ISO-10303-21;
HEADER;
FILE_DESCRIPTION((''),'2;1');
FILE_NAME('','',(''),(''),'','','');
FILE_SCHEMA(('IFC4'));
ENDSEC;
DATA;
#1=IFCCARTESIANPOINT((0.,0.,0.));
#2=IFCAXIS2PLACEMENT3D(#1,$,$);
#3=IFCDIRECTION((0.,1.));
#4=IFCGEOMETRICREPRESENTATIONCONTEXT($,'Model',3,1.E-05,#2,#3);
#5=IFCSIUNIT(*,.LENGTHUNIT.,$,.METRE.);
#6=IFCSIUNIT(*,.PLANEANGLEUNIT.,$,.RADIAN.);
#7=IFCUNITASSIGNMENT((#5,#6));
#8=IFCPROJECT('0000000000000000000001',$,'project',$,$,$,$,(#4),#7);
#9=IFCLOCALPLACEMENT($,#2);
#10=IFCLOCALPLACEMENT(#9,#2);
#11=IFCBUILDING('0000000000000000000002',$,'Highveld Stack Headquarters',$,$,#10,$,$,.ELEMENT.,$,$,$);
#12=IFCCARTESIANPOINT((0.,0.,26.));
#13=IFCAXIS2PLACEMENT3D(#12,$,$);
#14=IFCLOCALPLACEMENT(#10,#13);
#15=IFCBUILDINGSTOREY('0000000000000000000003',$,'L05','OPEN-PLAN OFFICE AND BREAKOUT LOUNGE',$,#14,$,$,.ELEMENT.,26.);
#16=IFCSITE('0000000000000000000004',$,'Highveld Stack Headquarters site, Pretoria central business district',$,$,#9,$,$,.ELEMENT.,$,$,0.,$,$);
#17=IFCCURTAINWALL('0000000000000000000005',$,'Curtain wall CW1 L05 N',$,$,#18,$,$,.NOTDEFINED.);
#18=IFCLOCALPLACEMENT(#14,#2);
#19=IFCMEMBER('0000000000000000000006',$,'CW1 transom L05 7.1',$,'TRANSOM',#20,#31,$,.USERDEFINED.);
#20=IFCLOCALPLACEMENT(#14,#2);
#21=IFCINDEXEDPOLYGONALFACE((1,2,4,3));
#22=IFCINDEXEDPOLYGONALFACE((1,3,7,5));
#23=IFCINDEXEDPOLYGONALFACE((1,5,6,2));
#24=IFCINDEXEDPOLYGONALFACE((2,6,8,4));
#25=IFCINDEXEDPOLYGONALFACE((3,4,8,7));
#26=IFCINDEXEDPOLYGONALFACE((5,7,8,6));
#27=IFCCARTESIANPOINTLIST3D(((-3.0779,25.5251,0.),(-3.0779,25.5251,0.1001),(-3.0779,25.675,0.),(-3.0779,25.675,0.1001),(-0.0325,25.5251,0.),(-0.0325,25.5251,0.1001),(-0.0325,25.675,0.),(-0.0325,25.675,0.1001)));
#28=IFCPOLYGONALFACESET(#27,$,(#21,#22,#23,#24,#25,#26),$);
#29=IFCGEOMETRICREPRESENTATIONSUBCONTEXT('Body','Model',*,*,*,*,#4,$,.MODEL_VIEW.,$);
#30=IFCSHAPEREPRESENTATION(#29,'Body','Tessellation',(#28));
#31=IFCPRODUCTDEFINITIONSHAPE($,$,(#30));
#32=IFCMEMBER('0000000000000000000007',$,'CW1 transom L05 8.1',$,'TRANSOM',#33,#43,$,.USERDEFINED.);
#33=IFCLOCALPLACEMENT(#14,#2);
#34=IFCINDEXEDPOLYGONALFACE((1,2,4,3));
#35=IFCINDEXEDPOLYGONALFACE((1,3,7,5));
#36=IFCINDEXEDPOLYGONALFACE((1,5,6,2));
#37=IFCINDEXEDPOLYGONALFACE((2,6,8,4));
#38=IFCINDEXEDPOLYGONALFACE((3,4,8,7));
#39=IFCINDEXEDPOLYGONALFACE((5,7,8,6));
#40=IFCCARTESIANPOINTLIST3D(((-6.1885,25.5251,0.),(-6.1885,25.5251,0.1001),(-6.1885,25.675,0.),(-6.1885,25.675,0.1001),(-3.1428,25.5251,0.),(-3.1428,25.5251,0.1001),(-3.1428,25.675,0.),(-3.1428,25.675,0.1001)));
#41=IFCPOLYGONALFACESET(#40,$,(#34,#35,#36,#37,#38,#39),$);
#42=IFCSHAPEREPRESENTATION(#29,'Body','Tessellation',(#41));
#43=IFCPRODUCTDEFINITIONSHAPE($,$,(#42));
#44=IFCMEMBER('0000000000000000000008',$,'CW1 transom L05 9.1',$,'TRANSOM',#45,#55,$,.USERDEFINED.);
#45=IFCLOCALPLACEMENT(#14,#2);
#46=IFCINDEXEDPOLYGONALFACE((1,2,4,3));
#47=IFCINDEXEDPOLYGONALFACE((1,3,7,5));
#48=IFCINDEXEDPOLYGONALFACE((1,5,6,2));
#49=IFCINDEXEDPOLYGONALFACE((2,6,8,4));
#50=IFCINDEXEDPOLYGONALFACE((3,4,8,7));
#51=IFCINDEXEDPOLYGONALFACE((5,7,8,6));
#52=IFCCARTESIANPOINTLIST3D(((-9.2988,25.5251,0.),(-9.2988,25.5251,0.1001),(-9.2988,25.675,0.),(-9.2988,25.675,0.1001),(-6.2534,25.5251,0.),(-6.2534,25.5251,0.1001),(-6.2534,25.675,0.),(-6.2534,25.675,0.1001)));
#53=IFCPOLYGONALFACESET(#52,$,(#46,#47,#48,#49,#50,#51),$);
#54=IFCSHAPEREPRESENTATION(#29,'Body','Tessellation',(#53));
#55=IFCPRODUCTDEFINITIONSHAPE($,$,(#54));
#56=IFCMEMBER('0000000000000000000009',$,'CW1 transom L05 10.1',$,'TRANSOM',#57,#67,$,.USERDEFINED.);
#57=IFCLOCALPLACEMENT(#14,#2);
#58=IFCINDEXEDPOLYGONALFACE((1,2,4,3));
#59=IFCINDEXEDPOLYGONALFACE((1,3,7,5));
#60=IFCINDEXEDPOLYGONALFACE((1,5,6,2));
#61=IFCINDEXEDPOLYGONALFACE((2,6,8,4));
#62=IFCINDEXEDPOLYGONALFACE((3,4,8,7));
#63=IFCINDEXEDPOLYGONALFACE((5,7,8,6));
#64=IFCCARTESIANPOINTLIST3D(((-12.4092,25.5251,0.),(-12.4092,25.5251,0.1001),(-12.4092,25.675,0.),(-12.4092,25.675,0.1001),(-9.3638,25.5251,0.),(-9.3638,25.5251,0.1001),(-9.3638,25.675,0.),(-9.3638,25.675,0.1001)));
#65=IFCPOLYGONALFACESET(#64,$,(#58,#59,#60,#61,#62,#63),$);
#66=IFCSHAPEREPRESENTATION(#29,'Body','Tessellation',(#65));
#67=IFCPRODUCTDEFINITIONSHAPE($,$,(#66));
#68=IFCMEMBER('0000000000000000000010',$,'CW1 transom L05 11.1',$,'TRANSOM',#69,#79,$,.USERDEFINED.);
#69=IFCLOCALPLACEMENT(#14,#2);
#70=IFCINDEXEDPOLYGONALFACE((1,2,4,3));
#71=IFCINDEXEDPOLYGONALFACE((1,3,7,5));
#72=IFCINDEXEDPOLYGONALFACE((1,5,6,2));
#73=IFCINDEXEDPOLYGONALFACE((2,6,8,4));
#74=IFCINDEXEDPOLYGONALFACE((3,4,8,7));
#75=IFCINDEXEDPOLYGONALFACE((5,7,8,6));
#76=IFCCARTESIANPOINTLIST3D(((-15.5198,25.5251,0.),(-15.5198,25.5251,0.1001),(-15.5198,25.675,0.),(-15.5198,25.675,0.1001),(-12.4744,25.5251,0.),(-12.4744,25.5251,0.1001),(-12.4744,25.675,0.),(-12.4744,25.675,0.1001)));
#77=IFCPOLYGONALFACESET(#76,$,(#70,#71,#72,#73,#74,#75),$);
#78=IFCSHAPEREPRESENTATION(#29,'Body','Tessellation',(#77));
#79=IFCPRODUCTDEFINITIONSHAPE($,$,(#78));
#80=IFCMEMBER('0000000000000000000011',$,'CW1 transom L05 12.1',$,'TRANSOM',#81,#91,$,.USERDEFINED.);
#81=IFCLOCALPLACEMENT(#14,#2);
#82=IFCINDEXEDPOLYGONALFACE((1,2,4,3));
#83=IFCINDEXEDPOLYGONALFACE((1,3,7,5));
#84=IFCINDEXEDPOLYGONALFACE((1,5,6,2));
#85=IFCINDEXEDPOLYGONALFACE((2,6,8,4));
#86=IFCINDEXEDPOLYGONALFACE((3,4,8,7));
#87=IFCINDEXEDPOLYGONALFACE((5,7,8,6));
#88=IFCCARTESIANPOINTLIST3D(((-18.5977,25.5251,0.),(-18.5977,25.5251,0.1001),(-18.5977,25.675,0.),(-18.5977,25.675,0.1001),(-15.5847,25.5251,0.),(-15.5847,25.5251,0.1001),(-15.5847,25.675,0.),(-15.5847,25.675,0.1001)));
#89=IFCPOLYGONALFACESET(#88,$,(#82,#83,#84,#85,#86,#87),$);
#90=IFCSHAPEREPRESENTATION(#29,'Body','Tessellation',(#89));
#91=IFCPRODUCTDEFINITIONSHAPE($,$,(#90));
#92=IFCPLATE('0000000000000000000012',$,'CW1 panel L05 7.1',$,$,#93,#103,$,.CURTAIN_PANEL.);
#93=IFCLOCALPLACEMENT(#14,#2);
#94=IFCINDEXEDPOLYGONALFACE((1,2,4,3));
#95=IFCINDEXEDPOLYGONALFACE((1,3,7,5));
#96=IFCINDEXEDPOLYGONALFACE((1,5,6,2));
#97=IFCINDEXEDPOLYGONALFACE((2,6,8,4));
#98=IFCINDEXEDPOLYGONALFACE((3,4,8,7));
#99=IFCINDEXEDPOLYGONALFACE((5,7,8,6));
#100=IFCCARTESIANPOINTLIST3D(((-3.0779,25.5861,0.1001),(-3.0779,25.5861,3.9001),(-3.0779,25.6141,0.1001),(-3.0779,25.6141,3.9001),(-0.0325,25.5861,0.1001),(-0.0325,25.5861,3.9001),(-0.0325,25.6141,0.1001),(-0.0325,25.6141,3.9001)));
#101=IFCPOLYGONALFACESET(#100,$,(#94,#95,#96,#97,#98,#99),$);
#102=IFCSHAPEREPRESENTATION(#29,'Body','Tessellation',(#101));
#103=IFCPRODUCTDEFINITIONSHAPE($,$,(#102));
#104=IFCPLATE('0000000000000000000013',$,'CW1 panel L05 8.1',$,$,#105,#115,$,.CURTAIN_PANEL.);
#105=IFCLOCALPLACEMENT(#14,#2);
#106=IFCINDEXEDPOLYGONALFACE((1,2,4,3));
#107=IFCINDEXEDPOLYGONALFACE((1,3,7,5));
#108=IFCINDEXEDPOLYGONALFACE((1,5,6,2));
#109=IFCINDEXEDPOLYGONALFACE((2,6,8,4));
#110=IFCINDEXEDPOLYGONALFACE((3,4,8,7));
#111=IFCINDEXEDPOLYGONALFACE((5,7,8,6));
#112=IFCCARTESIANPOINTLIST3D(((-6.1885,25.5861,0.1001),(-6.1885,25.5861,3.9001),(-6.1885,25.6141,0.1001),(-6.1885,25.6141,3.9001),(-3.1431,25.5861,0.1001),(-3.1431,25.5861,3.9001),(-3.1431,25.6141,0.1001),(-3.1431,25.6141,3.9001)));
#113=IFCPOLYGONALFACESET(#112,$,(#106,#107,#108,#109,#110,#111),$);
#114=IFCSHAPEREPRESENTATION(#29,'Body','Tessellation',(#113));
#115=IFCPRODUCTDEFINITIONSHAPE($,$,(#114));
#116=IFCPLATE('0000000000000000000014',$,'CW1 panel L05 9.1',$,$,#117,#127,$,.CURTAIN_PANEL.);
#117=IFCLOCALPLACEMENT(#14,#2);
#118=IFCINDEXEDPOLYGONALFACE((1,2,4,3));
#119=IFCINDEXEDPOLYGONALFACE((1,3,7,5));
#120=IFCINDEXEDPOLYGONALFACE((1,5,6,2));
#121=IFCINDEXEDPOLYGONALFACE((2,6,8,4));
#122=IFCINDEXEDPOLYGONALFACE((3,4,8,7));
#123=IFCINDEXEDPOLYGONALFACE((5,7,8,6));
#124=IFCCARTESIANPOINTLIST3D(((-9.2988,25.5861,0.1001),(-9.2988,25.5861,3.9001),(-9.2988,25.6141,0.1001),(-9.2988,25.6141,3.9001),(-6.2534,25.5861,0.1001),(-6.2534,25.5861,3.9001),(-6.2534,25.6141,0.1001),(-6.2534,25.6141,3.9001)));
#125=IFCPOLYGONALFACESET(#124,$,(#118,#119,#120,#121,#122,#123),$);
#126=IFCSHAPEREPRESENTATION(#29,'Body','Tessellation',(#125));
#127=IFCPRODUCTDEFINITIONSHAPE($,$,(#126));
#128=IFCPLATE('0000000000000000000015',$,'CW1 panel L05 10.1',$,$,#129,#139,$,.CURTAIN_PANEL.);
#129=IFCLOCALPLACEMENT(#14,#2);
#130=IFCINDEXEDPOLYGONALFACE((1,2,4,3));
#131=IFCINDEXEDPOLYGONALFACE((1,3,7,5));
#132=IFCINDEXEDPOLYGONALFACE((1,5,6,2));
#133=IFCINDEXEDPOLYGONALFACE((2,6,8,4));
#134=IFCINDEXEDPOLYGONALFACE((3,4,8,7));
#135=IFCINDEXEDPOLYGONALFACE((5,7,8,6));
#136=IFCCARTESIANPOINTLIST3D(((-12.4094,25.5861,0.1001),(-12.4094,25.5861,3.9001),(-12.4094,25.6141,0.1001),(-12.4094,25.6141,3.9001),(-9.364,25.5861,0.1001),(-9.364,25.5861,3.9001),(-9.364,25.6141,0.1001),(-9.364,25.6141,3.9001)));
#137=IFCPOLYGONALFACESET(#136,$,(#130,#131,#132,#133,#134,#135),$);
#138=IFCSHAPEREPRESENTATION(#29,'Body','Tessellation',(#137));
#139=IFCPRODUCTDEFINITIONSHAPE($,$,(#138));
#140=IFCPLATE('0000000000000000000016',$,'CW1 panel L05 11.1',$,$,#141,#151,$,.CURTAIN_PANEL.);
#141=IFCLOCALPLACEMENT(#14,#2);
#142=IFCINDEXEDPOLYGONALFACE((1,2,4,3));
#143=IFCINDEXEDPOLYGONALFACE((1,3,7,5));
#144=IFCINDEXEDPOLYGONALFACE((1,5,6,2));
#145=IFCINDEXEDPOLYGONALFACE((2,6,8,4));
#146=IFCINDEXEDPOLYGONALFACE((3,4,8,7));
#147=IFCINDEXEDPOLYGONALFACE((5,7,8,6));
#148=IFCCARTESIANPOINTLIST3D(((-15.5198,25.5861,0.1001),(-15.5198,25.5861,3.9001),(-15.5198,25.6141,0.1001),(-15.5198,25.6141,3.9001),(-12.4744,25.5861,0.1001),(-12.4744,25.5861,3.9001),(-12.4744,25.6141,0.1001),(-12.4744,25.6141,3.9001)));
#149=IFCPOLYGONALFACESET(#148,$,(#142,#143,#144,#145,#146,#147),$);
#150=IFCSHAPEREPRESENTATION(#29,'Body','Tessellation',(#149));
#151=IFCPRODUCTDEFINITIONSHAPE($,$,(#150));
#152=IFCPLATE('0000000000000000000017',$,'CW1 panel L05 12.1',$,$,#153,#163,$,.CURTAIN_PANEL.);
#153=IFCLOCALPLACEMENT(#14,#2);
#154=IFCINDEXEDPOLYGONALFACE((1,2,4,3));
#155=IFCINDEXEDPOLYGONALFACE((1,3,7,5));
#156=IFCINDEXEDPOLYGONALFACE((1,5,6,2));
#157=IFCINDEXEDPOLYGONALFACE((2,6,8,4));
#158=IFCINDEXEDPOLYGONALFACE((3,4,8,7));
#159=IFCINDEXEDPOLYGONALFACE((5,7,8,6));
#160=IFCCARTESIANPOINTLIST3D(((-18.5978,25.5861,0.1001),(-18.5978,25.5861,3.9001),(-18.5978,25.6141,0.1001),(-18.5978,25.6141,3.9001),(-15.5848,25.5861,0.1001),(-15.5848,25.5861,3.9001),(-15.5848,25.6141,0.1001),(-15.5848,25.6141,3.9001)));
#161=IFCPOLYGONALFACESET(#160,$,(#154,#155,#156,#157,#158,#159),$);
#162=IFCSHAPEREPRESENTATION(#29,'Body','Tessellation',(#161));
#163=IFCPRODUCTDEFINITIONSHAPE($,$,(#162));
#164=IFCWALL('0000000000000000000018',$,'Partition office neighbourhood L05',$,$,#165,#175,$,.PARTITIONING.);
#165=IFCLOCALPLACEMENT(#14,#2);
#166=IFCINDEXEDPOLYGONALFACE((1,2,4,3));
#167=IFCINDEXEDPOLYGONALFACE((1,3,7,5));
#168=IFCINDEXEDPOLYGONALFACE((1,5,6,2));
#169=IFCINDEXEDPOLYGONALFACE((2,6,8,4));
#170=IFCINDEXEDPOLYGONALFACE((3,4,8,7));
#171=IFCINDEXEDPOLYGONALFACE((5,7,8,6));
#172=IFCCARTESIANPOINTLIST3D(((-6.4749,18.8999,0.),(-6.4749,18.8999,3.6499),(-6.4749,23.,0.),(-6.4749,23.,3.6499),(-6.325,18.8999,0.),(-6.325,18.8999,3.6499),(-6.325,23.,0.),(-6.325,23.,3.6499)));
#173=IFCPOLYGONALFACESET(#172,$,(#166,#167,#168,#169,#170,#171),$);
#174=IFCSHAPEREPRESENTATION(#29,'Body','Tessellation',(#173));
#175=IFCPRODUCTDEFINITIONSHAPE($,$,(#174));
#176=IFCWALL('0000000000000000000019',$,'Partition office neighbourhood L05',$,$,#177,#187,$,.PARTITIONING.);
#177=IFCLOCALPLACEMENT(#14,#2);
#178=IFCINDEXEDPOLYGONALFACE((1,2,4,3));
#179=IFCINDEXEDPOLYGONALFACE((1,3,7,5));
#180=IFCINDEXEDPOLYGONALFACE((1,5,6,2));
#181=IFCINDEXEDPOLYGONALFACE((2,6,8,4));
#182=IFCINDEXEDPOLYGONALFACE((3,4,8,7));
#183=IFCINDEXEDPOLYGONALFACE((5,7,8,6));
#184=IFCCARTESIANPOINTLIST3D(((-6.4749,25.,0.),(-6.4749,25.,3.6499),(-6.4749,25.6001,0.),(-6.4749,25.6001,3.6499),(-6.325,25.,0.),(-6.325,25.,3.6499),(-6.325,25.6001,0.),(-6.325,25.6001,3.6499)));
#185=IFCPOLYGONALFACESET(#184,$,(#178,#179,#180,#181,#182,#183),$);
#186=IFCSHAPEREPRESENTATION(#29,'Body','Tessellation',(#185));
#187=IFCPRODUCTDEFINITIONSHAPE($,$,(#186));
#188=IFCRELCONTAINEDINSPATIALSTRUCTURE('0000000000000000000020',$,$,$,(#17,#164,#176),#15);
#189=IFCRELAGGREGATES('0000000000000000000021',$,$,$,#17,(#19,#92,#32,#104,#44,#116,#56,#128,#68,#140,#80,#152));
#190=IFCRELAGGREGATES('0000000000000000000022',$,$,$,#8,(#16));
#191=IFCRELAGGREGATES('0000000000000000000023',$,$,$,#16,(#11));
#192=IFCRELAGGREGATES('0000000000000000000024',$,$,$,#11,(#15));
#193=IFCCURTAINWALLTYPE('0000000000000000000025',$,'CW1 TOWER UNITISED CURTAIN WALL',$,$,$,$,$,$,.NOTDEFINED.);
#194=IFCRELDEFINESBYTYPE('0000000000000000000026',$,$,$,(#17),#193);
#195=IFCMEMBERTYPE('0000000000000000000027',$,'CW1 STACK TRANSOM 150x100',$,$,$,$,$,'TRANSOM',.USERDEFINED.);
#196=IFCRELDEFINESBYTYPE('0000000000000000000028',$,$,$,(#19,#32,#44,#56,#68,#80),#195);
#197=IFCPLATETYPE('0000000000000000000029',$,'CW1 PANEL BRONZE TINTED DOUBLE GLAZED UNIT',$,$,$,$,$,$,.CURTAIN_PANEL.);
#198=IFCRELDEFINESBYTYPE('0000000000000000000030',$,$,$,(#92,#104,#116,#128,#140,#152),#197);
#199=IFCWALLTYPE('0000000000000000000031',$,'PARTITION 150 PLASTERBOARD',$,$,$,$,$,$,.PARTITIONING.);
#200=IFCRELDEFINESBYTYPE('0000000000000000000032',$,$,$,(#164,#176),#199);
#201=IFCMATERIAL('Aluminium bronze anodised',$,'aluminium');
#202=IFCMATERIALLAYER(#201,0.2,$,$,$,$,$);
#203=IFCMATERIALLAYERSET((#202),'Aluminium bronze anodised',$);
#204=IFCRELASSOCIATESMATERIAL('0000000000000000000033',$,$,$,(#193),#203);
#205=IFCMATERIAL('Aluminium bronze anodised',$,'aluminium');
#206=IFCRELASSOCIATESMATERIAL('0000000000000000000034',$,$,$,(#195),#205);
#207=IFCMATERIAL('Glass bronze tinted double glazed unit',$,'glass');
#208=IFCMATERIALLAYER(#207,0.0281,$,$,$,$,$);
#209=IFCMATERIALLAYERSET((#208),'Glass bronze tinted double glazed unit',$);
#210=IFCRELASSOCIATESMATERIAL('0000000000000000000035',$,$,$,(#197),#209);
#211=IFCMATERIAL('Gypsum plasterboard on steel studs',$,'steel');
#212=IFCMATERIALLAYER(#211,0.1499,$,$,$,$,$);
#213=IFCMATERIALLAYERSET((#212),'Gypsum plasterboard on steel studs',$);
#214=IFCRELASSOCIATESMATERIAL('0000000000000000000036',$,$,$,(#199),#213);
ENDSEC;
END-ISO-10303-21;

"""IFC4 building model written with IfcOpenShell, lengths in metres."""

from ifc_helpers import new_model, si_unit, direction, frame, frame_2d, origin, origin_2d, place, context, subcontext, project, spatial, rectangle, extrude, material, layer, layer_set, material_profile, profile_set, type_object, element, aggregate, save


model = new_model("IFC4")

# Units and contexts
model_context = context("Model", 3, precision=1e-05, world=origin(), true_north=direction((0.0, 1.0)))
body_context = subcontext(model_context, "Body", "Model", "MODEL_VIEW")
ifc_project = project(units=[si_unit("LENGTHUNIT", "METRE"), si_unit("PLANEANGLEUNIT", "RADIAN")], contexts=[model_context])

# Site, building, storey
site_placement = place(None, origin())
site = spatial("IfcSite", under=ifc_project, at=site_placement, Name="Highveld Stack Headquarters site, Pretoria central business district", CompositionType="ELEMENT", RefElevation=0.0)
building_placement = place(site_placement, origin())
building = spatial("IfcBuilding", under=site, at=building_placement, Name="Highveld Stack Headquarters", CompositionType="ELEMENT")
storey_placement = place(building_placement, frame((0.0, 0.0, 26.0)))
storey = spatial("IfcBuildingStorey", under=building, at=storey_placement, Name="L05", Description="OPEN-PLAN OFFICE AND BREAKOUT LOUNGE", CompositionType="ELEMENT", Elevation=26.0)

# Curtain wall, members, plates
ifc_material_1 = material(Name="Aluminium bronze anodised", Category="aluminium")
ifc_layer_1 = layer(ifc_material_1, 0.2)
ifc_layer_set_1 = layer_set([ifc_layer_1], Name="Aluminium bronze anodised")
curtain_wall_type = type_object("IfcCurtainWallType", Name="CW1 TOWER UNITISED CURTAIN WALL", PredefinedType="NOTDEFINED", material=ifc_layer_set_1)
curtain_wall_placement = place(storey_placement, origin())
curtain_wall = element("IfcCurtainWall", 1, at=curtain_wall_placement, inside=storey, type_object=curtain_wall_type, Name="Curtain wall CW1 L05 N", PredefinedType="NOTDEFINED")
ifc_material_2 = material(Name="Aluminium bronze anodised", Category="aluminium")
ifc_material_profile_1 = material_profile(ifc_material_2, rectangle(XDim=0.1499, YDim=0.1001, at=origin_2d()), Name="CW1 TRANSOM 150x100")
ifc_profile_set_1 = profile_set([ifc_material_profile_1], Name="Aluminium bronze anodised")
member_type_1 = type_object("IfcMemberType", Name="CW1 STACK TRANSOM 150x100", ElementType="TRANSOM", PredefinedType="USERDEFINED", material=ifc_profile_set_1)
member_1_placement = place(storey_placement, frame((-0.0325, 25.6001, 0.05), z_axis=(-1.0, 0.0, 0.0), x_axis=(0.0, -1.0, 0.0)))
member_1 = element("IfcMember", 2, at=member_1_placement, type_object=member_type_1, Name="CW1 transom L05 7.1", ObjectType="TRANSOM", PredefinedType="USERDEFINED", context=body_context, shape_type="SweptSolid", body=[
    extrude(rectangle(XDim=0.1499, YDim=0.1001, at=origin_2d()), origin(), (0.0, 0.0, 1.0), 3.0454),
])
member_2_placement = place(storey_placement, frame((-3.1428, 25.6001, 0.05), z_axis=(-1.0, 0.0, 0.0), x_axis=(0.0, -1.0, 0.0)))
member_2 = element("IfcMember", 3, at=member_2_placement, type_object=member_type_1, Name="CW1 transom L05 8.1", ObjectType="TRANSOM", PredefinedType="USERDEFINED", context=body_context, shape_type="SweptSolid", body=[
    extrude(rectangle(XDim=0.1499, YDim=0.1001, at=origin_2d()), origin(), (0.0, 0.0, 1.0), 3.0457),
])
member_3_placement = place(storey_placement, frame((-6.2534, 25.6001, 0.05), z_axis=(-1.0, 0.0, 0.0), x_axis=(0.0, -1.0, 0.0)))
member_3 = element("IfcMember", 4, at=member_3_placement, type_object=member_type_1, Name="CW1 transom L05 9.1", ObjectType="TRANSOM", PredefinedType="USERDEFINED", context=body_context, shape_type="SweptSolid", body=[
    extrude(rectangle(XDim=0.1499, YDim=0.1001, at=origin_2d()), origin(), (0.0, 0.0, 1.0), 3.0454),
])
member_4_placement = place(storey_placement, frame((-9.3638, 25.6001, 0.05), z_axis=(-1.0, 0.0, 0.0), x_axis=(0.0, -1.0, 0.0)))
member_4 = element("IfcMember", 5, at=member_4_placement, type_object=member_type_1, Name="CW1 transom L05 10.1", ObjectType="TRANSOM", PredefinedType="USERDEFINED", context=body_context, shape_type="SweptSolid", body=[
    extrude(rectangle(XDim=0.1499, YDim=0.1001, at=origin_2d()), origin(), (0.0, 0.0, 1.0), 3.0454),
])
member_5_placement = place(storey_placement, frame((-12.4744, 25.6001, 0.05), z_axis=(-1.0, 0.0, 0.0), x_axis=(0.0, -1.0, 0.0)))
member_5 = element("IfcMember", 6, at=member_5_placement, type_object=member_type_1, Name="CW1 transom L05 11.1", ObjectType="TRANSOM", PredefinedType="USERDEFINED", context=body_context, shape_type="SweptSolid", body=[
    extrude(rectangle(XDim=0.1499, YDim=0.1001, at=origin_2d()), origin(), (0.0, 0.0, 1.0), 3.0454),
])
member_6_placement = place(storey_placement, frame((-15.5847, 25.6001, 0.05), z_axis=(-1.0, 0.0, 0.0), x_axis=(0.0, -1.0, 0.0)))
member_6 = element("IfcMember", 7, at=member_6_placement, type_object=member_type_1, Name="CW1 transom L05 12.1", ObjectType="TRANSOM", PredefinedType="USERDEFINED", context=body_context, shape_type="SweptSolid", body=[
    extrude(rectangle(XDim=0.1499, YDim=0.1001, at=origin_2d()), origin(), (0.0, 0.0, 1.0), 3.0129),
])
ifc_material_3 = material(Name="Glass bronze tinted double glazed unit", Category="glass")
ifc_layer_2 = layer(ifc_material_3, 0.0281)
ifc_layer_set_2 = layer_set([ifc_layer_2], Name="Glass bronze tinted double glazed unit")
plate_type = type_object("IfcPlateType", Name="CW1 PANEL BRONZE TINTED DOUBLE GLAZED UNIT", PredefinedType="CURTAIN_PANEL", material=ifc_layer_set_2)
plate_1_placement = place(storey_placement, frame((-1.5552, 25.6001, 0.1001), z_axis=(0.0, 0.0, 1.0), x_axis=(-1.0, 0.0, 0.0)))
plate_1 = element("IfcPlate", 8, at=plate_1_placement, type_object=plate_type, Name="CW1 panel L05 7.1", PredefinedType="CURTAIN_PANEL", context=body_context, shape_type="SweptSolid", body=[
    extrude(rectangle(XDim=3.0454, YDim=0.0281, at=origin_2d()), origin(), (0.0, 0.0, 1.0), 3.8),
])
plate_2_placement = place(storey_placement, frame((-4.6658, 25.6001, 0.1001), z_axis=(0.0, 0.0, 1.0), x_axis=(-1.0, 0.0, 0.0)))
plate_2 = element("IfcPlate", 9, at=plate_2_placement, type_object=plate_type, Name="CW1 panel L05 8.1", PredefinedType="CURTAIN_PANEL", context=body_context, shape_type="SweptSolid", body=[
    extrude(rectangle(XDim=3.0454, YDim=0.0281, at=origin_2d()), origin(), (0.0, 0.0, 1.0), 3.8),
])
plate_3_placement = place(storey_placement, frame((-7.7761, 25.6001, 0.1001), z_axis=(0.0, 0.0, 1.0), x_axis=(-1.0, 0.0, 0.0)))
plate_3 = element("IfcPlate", 10, at=plate_3_placement, type_object=plate_type, Name="CW1 panel L05 9.1", PredefinedType="CURTAIN_PANEL", context=body_context, shape_type="SweptSolid", body=[
    extrude(rectangle(XDim=3.0454, YDim=0.0281, at=origin_2d()), origin(), (0.0, 0.0, 1.0), 3.8),
])
plate_4_placement = place(storey_placement, frame((-10.8867, 25.6001, 0.1001), z_axis=(0.0, 0.0, 1.0), x_axis=(-1.0, 0.0, 0.0)))
plate_4 = element("IfcPlate", 11, at=plate_4_placement, type_object=plate_type, Name="CW1 panel L05 10.1", PredefinedType="CURTAIN_PANEL", context=body_context, shape_type="SweptSolid", body=[
    extrude(rectangle(XDim=3.0454, YDim=0.0281, at=origin_2d()), origin(), (0.0, 0.0, 1.0), 3.8),
])
plate_5_placement = place(storey_placement, frame((-13.9971, 25.6001, 0.1001), z_axis=(0.0, 0.0, 1.0), x_axis=(-1.0, 0.0, 0.0)))
plate_5 = element("IfcPlate", 12, at=plate_5_placement, type_object=plate_type, Name="CW1 panel L05 11.1", PredefinedType="CURTAIN_PANEL", context=body_context, shape_type="SweptSolid", body=[
    extrude(rectangle(XDim=3.0454, YDim=0.0281, at=origin_2d()), origin(), (0.0, 0.0, 1.0), 3.8),
])
plate_6_placement = place(storey_placement, frame((-17.0913, 25.6001, 0.1001), z_axis=(0.0, 0.0, 1.0), x_axis=(-1.0, 0.0, 0.0)))
plate_6 = element("IfcPlate", 13, at=plate_6_placement, type_object=plate_type, Name="CW1 panel L05 12.1", PredefinedType="CURTAIN_PANEL", context=body_context, shape_type="SweptSolid", body=[
    extrude(rectangle(XDim=3.0129, YDim=0.0281, at=origin_2d()), origin(), (0.0, 0.0, 1.0), 3.8),
])
aggregate(curtain_wall, [member_1, plate_1, member_2, plate_2, member_3, plate_3, member_4, plate_4, member_5, plate_5, member_6, plate_6])

# Walls
ifc_material_4 = material(Name="Gypsum plasterboard on steel studs", Category="steel")
ifc_layer_3 = layer(ifc_material_4, 0.1499)
ifc_layer_set_3 = layer_set([ifc_layer_3], Name="Gypsum plasterboard on steel studs")
wall_type = type_object("IfcWallType", Name="PARTITION 150 PLASTERBOARD", PredefinedType="PARTITIONING", material=ifc_layer_set_3)
wall_1_placement = place(storey_placement, frame((-6.3999, 18.8999, 0.0), z_axis=(0.0, 0.0, 1.0), x_axis=(0.0, 1.0, 0.0)))
element("IfcWall", 14, at=wall_1_placement, inside=storey, type_object=wall_type, Name="Partition office neighbourhood L05", PredefinedType="PARTITIONING", context=body_context, shape_type="SweptSolid", body=[
    extrude(rectangle(XDim=4.1001, YDim=0.1499, at=frame_2d((2.05, 0.0))), origin(), (0.0, 0.0, 1.0), 3.6499),
])
wall_2_placement = place(storey_placement, frame((-6.3999, 25.0, 0.0), z_axis=(0.0, 0.0, 1.0), x_axis=(0.0, 1.0, 0.0)))
element("IfcWall", 15, at=wall_2_placement, inside=storey, type_object=wall_type, Name="Partition office neighbourhood L05", PredefinedType="PARTITIONING", context=body_context, shape_type="SweptSolid", body=[
    extrude(rectangle(XDim=0.6001, YDim=0.1499, at=frame_2d((0.3, 0.0))), origin(), (0.0, 0.0, 1.0), 3.6499),
])

save(model, "model.ifc")
